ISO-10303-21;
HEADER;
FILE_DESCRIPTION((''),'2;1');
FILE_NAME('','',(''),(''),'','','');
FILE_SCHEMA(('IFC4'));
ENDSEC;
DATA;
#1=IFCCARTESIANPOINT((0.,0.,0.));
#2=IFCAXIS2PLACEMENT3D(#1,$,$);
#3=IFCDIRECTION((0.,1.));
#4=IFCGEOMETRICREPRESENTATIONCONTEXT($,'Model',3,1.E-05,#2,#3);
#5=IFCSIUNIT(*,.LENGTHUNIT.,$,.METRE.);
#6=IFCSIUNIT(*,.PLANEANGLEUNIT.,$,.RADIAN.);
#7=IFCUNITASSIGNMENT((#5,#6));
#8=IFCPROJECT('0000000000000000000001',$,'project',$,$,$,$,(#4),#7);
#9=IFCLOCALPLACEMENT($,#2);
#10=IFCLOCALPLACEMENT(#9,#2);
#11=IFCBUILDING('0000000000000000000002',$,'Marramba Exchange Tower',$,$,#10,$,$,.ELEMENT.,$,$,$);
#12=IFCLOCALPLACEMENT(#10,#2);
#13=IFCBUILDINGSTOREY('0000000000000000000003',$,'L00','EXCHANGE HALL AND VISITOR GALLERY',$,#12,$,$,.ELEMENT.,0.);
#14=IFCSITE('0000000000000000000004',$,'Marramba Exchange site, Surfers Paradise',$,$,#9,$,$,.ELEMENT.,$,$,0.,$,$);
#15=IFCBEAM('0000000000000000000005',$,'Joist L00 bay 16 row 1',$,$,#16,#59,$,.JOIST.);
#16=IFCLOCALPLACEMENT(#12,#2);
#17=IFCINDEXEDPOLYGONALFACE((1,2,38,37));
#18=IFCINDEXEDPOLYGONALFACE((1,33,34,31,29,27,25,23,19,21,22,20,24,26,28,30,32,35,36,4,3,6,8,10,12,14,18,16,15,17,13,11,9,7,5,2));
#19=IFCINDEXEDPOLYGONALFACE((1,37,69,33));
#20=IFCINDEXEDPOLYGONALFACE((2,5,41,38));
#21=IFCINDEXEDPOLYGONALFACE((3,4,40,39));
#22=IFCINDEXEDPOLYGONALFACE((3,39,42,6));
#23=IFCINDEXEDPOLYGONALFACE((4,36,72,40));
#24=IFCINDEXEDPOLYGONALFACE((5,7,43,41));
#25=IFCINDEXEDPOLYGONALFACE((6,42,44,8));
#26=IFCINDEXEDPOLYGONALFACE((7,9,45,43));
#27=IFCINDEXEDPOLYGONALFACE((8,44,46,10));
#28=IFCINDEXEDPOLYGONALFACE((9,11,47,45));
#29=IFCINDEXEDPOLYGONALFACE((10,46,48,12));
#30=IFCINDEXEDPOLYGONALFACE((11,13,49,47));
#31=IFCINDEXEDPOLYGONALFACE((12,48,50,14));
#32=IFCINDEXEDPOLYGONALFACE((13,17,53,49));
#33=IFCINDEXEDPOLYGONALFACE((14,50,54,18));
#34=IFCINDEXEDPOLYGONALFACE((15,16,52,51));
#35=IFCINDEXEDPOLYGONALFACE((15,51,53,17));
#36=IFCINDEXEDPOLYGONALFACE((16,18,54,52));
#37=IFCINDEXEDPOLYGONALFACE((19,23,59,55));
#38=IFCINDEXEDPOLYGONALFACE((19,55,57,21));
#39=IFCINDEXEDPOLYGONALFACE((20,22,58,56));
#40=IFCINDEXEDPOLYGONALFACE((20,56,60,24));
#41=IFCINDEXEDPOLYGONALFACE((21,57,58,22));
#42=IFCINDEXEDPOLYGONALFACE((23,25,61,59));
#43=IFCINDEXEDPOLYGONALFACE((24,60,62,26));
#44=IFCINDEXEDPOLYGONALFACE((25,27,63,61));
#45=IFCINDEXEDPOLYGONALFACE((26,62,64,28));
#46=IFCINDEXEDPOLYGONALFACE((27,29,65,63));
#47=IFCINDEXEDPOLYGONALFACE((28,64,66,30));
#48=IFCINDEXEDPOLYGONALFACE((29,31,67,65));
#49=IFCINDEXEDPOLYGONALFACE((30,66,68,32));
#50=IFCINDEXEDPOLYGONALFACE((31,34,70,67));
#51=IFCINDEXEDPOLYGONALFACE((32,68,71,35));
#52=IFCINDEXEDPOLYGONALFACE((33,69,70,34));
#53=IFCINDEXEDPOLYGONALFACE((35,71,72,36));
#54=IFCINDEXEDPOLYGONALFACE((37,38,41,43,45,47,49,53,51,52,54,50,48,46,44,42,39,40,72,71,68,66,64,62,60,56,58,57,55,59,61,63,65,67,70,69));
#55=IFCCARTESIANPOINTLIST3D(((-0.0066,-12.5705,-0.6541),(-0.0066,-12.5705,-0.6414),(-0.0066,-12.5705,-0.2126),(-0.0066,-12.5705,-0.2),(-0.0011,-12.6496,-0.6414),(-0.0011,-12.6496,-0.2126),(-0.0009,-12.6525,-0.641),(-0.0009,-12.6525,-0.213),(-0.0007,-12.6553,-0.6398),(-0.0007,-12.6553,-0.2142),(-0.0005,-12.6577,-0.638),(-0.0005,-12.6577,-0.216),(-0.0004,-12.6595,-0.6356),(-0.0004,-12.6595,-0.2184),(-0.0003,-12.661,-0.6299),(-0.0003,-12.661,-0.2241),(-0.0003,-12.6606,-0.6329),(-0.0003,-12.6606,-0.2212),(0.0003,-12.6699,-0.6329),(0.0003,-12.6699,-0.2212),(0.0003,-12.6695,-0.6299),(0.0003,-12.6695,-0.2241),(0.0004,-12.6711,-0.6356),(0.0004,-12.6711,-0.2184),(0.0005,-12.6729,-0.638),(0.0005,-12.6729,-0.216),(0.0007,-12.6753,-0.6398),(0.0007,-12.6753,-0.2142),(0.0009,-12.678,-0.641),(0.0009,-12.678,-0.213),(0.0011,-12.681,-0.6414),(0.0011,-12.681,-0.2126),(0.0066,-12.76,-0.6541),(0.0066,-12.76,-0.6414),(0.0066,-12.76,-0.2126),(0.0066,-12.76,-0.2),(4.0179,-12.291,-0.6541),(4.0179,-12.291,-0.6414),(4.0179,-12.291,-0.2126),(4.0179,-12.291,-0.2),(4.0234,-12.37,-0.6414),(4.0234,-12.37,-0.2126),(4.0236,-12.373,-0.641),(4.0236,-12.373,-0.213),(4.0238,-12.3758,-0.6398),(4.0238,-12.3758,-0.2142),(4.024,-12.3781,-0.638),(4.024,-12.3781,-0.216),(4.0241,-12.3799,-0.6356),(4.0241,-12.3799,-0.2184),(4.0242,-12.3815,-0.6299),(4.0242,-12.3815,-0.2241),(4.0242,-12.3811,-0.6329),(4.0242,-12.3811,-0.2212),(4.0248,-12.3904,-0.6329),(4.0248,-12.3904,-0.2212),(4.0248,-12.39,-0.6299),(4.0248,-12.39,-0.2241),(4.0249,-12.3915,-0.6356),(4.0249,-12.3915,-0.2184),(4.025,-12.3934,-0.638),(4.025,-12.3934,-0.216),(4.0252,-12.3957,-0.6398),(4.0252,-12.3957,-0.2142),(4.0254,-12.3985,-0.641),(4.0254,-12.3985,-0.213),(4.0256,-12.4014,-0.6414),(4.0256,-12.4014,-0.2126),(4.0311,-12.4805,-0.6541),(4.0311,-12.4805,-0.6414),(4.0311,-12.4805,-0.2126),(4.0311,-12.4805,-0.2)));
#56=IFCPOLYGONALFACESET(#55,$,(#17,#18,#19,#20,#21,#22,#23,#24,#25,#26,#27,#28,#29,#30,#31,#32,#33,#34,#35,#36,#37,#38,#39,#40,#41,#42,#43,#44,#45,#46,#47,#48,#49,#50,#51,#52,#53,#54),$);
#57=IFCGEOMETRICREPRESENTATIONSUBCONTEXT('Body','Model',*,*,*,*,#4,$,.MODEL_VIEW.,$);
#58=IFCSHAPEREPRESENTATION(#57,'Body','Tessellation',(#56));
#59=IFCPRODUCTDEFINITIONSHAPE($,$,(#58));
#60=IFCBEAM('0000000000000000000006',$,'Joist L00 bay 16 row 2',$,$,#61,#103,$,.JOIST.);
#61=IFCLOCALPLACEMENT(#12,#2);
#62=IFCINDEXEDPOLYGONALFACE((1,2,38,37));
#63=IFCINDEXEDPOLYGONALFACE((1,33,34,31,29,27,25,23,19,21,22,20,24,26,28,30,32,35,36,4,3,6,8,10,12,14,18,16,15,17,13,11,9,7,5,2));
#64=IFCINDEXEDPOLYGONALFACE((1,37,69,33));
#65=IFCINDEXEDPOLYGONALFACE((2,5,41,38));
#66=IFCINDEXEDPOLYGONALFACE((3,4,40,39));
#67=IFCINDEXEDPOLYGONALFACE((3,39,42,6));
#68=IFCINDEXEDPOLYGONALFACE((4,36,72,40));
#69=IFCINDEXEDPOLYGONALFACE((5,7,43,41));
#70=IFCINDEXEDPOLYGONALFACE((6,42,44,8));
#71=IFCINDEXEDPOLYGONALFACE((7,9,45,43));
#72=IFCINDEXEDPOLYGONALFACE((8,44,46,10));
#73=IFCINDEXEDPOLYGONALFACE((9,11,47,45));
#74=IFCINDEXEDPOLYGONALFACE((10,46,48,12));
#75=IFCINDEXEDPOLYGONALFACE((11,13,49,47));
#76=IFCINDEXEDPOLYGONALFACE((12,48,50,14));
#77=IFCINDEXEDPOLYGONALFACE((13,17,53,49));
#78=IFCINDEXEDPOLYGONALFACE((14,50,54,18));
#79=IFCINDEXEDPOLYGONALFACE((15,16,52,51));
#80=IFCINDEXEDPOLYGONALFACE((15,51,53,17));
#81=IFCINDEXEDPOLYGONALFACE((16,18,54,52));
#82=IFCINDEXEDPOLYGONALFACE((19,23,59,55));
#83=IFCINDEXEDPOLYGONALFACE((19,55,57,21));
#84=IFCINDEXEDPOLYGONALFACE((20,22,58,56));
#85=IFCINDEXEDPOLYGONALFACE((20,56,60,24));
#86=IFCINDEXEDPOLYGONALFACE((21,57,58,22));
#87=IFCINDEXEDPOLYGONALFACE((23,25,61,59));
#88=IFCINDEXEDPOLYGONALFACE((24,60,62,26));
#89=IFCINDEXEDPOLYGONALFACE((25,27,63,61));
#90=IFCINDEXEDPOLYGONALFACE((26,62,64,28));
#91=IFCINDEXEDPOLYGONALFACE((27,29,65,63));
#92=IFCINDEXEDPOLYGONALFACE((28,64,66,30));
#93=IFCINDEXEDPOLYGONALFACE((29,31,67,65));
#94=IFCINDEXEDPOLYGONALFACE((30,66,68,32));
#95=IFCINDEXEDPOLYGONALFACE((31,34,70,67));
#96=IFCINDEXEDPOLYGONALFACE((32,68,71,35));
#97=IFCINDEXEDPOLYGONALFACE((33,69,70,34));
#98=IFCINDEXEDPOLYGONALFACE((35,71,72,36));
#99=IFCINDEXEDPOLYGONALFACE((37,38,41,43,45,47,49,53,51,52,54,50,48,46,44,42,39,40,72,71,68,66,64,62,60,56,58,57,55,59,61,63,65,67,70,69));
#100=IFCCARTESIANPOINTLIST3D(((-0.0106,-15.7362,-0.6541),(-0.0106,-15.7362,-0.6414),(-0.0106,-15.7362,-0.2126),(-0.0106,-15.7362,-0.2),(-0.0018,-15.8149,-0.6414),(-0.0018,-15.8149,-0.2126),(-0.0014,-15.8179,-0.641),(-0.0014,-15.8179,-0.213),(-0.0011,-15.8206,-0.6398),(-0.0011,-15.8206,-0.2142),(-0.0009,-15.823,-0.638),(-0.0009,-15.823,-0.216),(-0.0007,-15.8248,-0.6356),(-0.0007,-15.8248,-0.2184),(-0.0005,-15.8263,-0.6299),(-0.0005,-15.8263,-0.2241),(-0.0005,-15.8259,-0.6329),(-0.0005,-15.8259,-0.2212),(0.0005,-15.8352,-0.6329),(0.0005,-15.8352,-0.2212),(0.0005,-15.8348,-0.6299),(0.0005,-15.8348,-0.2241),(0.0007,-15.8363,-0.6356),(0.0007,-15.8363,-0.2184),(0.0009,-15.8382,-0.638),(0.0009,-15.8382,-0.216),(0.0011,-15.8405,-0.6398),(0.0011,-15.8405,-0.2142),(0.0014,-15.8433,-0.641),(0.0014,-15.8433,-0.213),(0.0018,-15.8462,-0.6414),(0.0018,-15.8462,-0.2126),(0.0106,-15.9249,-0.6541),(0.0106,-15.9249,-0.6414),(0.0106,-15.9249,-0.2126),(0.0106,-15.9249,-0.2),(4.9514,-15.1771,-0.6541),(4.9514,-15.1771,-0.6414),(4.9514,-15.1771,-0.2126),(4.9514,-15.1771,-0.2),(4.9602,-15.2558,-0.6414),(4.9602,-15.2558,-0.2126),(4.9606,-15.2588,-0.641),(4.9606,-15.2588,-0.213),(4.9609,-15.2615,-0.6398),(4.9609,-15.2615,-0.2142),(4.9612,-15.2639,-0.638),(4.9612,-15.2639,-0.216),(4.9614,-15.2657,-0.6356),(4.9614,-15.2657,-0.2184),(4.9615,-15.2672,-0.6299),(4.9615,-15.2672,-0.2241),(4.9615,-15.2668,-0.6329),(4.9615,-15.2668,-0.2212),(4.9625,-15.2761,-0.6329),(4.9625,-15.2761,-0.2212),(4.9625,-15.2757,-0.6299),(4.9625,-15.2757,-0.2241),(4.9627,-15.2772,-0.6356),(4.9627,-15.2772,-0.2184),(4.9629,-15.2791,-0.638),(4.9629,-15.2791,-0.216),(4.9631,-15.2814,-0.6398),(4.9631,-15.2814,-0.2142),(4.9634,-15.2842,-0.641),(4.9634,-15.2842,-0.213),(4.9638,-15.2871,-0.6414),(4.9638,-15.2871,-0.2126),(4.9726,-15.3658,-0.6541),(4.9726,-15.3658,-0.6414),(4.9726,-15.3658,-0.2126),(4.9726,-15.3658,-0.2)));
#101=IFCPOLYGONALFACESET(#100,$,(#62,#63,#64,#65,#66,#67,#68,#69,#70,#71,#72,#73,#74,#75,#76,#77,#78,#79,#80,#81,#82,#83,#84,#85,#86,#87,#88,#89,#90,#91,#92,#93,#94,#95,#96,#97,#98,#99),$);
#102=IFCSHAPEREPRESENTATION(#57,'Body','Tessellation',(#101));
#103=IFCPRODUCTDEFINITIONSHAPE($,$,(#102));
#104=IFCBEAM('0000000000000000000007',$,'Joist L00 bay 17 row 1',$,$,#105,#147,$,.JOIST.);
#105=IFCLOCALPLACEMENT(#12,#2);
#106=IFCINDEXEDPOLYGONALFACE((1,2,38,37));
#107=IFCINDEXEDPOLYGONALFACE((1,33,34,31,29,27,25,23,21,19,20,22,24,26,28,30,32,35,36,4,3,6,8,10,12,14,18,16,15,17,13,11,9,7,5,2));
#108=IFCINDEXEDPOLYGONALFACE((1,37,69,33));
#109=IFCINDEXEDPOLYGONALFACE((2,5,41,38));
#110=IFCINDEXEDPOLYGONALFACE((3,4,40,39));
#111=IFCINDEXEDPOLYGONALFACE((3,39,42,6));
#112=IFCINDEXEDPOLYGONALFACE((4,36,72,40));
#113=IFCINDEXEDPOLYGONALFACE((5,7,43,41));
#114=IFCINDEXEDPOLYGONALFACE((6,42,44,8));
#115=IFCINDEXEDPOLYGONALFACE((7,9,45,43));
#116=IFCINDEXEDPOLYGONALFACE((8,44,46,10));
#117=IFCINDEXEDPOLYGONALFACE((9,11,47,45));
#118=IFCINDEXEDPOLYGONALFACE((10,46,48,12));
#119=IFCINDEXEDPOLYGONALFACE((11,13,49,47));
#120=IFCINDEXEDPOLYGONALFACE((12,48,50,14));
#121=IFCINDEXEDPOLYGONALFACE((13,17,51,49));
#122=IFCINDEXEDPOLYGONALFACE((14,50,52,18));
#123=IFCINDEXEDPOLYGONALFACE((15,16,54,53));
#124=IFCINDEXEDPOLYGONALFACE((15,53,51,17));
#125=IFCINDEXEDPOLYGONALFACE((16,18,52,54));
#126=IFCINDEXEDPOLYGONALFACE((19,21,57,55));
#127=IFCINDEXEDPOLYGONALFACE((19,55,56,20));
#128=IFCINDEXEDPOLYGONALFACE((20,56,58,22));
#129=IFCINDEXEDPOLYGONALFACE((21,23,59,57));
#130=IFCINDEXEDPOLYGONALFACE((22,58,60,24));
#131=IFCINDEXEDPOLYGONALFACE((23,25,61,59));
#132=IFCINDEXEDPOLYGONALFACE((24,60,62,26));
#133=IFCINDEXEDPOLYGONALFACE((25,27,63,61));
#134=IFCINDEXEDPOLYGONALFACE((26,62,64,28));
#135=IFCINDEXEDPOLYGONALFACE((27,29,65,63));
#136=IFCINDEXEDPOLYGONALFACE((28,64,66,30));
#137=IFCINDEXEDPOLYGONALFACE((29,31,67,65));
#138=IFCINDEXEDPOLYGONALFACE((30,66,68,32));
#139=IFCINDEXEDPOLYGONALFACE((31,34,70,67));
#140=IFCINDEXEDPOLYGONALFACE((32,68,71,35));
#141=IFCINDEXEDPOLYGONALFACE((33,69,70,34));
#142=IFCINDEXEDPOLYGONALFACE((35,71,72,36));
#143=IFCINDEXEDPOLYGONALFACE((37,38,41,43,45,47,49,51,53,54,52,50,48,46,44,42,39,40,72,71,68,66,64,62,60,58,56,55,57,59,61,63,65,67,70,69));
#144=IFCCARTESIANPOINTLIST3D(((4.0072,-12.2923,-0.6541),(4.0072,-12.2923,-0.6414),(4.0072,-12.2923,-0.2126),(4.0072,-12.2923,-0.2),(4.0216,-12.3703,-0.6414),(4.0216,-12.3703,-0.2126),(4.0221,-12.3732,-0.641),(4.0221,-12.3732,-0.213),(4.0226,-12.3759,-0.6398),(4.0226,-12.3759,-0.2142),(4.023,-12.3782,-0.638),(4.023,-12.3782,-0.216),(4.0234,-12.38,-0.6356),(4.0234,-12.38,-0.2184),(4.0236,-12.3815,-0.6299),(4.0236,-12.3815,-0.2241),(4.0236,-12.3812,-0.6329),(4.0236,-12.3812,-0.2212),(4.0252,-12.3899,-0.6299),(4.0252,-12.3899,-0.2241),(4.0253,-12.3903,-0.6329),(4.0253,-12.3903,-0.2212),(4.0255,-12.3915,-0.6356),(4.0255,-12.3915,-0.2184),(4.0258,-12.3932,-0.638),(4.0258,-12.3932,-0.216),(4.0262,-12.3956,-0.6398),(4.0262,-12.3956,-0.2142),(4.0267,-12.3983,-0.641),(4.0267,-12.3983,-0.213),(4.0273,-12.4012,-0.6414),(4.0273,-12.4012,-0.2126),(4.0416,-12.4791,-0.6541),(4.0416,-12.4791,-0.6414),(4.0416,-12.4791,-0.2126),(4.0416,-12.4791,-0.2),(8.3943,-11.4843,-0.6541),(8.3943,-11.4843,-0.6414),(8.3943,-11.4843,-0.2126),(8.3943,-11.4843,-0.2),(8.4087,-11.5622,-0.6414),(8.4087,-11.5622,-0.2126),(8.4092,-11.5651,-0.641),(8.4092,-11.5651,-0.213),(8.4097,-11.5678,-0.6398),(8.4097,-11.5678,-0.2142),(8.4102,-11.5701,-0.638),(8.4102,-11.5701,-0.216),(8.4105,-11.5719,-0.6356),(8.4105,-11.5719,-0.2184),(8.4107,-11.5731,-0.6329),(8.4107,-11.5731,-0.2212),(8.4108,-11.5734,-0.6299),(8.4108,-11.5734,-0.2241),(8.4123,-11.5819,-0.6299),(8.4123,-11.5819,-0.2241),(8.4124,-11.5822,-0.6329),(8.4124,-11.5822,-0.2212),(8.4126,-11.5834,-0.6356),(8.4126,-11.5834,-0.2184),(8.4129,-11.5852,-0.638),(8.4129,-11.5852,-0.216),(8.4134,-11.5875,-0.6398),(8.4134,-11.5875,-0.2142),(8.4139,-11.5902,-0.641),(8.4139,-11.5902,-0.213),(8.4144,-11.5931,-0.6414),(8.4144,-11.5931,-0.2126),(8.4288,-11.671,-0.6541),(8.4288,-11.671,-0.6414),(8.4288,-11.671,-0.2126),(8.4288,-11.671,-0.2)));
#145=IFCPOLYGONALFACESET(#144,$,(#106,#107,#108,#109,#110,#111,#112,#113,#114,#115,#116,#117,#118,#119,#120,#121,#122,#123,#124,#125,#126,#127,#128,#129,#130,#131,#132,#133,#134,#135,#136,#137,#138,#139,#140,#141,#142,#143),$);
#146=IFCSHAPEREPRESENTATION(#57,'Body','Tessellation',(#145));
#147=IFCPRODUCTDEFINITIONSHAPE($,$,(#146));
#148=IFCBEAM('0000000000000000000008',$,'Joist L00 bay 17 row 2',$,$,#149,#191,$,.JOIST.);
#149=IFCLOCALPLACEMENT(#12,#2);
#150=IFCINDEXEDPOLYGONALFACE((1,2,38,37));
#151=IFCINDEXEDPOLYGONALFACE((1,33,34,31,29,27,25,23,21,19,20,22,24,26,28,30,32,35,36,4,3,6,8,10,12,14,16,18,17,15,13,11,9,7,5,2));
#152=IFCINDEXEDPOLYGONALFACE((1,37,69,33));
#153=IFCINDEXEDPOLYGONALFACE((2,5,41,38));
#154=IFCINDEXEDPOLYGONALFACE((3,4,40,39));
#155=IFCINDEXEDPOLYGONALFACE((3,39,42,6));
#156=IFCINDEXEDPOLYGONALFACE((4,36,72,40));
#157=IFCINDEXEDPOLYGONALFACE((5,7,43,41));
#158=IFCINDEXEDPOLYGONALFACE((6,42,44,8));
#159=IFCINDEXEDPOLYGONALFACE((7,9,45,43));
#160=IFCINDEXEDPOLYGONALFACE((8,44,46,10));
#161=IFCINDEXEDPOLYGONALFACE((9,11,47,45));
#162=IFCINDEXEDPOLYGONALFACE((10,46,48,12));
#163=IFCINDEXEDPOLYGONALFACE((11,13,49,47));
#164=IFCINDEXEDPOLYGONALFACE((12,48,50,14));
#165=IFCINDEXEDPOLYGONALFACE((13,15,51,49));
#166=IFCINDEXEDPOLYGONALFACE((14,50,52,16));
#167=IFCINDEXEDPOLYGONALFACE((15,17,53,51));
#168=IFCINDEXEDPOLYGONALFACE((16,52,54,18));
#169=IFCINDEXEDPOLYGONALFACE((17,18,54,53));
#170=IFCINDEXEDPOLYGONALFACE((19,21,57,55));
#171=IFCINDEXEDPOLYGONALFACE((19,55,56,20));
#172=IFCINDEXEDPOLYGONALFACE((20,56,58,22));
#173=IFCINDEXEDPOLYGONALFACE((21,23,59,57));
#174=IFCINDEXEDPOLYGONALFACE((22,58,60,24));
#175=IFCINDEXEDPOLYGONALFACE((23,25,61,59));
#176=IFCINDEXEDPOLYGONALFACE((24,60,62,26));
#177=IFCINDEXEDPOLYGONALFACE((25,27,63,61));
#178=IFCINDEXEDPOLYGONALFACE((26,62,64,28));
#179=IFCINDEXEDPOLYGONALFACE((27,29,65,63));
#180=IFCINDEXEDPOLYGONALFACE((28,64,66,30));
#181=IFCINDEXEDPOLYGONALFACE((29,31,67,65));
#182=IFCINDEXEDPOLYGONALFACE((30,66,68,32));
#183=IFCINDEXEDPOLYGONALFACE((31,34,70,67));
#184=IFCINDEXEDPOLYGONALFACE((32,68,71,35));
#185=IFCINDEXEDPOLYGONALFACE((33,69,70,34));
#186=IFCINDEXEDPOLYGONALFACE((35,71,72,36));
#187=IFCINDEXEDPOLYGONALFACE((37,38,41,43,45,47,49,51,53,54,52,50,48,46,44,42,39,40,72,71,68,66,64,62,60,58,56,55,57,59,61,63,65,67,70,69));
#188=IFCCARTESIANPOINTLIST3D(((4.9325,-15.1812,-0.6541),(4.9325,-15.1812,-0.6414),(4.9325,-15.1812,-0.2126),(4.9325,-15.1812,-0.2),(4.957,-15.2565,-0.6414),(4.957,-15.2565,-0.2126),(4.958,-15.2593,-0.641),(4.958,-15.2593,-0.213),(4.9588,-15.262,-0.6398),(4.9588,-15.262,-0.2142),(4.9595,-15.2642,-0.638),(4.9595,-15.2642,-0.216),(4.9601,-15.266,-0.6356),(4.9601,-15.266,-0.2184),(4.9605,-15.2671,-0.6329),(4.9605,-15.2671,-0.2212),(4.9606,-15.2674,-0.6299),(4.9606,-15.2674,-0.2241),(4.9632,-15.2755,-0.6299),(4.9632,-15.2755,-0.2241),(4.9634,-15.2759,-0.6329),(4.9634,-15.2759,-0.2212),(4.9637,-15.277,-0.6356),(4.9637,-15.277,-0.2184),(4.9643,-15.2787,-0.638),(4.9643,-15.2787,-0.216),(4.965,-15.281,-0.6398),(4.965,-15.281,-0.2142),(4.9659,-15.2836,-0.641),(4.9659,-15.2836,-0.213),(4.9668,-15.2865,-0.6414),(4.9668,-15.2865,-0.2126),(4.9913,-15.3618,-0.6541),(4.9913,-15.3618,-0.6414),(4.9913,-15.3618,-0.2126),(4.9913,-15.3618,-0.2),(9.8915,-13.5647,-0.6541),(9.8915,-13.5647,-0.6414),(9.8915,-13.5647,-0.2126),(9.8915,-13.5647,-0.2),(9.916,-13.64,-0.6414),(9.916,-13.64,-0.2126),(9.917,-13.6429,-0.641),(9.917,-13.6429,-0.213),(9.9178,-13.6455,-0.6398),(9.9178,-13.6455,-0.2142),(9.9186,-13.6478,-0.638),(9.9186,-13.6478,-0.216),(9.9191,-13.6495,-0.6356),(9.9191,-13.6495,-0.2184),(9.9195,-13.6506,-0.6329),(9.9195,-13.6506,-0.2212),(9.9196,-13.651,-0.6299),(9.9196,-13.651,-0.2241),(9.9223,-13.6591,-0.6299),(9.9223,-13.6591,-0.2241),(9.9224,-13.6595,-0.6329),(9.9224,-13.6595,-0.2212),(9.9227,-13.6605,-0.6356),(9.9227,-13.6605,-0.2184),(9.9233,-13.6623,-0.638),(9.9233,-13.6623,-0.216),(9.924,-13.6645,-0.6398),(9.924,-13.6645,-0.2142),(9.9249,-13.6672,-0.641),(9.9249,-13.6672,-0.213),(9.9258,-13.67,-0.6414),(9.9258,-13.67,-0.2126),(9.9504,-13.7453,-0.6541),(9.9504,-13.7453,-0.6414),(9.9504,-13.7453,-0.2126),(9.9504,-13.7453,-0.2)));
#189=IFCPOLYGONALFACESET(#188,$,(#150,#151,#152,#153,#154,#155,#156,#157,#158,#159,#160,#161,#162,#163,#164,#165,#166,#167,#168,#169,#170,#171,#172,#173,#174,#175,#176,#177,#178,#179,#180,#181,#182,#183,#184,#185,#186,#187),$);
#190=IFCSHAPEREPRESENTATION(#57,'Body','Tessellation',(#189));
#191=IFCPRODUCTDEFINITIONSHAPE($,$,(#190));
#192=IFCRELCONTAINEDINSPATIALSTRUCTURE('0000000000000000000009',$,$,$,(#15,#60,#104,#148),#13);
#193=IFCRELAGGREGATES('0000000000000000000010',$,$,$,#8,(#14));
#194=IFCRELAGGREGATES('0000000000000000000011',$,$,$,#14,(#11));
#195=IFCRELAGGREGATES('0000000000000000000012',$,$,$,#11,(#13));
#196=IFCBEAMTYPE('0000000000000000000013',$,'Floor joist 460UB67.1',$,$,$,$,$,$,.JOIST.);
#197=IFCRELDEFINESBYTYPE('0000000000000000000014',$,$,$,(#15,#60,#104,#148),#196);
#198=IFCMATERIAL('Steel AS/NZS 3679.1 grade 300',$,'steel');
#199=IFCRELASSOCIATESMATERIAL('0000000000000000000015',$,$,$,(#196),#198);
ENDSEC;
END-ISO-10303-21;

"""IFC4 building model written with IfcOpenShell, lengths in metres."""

from ifc_helpers import new_model, si_unit, direction, frame, origin, origin_2d, place, context, subcontext, project, spatial, i_section, extrude, material, material_profile, profile_set, type_object, element, save


model = new_model("IFC4")

# Units and contexts
model_context = context("Model", 3, precision=1e-05, world=origin(), true_north=direction((0.0, 1.0)))
body_context = subcontext(model_context, "Body", "Model", "MODEL_VIEW")
ifc_project = project(units=[si_unit("LENGTHUNIT", "METRE"), si_unit("PLANEANGLEUNIT", "RADIAN")], contexts=[model_context])

# Site, building, storey
site_placement = place(None, origin())
site = spatial("IfcSite", under=ifc_project, at=site_placement, Name="Marramba Exchange site, Surfers Paradise", CompositionType="ELEMENT", RefElevation=0.0)
building_placement = place(site_placement, origin())
building = spatial("IfcBuilding", under=site, at=building_placement, Name="Marramba Exchange Tower", CompositionType="ELEMENT")
storey_placement = place(building_placement, origin())
storey = spatial("IfcBuildingStorey", under=building, at=storey_placement, Name="L00", Description="EXCHANGE HALL AND VISITOR GALLERY", CompositionType="ELEMENT", Elevation=0.0)

# Beams
ifc_material_1 = material(Name="Steel AS/NZS 3679.1 grade 300", Category="steel")
ifc_material_profile_1 = material_profile(ifc_material_1, i_section(OverallWidth=0.1899, OverallDepth=0.4541, WebThickness=0.0085, FlangeThickness=0.0127, FilletRadius=0.0115, at=origin_2d()), Name="460UB67.1")
ifc_profile_set_1 = profile_set([ifc_material_profile_1], Name="Steel AS/NZS 3679.1 grade 300")
beam_type_1 = type_object("IfcBeamType", Name="Floor joist 460UB67.1", PredefinedType="JOIST", material=ifc_profile_set_1)
beam_1_placement = place(storey_placement, frame((0.0, -12.6653, -0.427), z_axis=(0.997596, 0.069294, 0.0), x_axis=(-0.069294, 0.997596, 0.0)))
element("IfcBeam", 1, at=beam_1_placement, inside=storey, type_object=beam_type_1, Name="Joist L00 bay 16 row 1", PredefinedType="JOIST", context=body_context, shape_type="SweptSolid", body=[
    extrude(i_section(OverallWidth=0.1899, OverallDepth=0.4541, WebThickness=0.0085, FlangeThickness=0.0127, FilletRadius=0.0115, at=origin_2d()), origin(), (0.0, 0.0, 1.0), 4.0342),
])
beam_2_placement = place(storey_placement, frame((0.0, -15.8306, -0.427), z_axis=(0.993712, 0.111966, 0.0), x_axis=(-0.111966, 0.993712, 0.0)))
element("IfcBeam", 2, at=beam_2_placement, inside=storey, type_object=beam_type_1, Name="Joist L00 bay 16 row 2", PredefinedType="JOIST", context=body_context, shape_type="SweptSolid", body=[
    extrude(i_section(OverallWidth=0.1899, OverallDepth=0.4541, WebThickness=0.0085, FlangeThickness=0.0127, FilletRadius=0.0115, at=origin_2d()), origin(), (0.0, 0.0, 1.0), 4.9934),
])
beam_3_placement = place(storey_placement, frame((4.0244, -12.3857, -0.427), z_axis=(0.983456, 0.181149, 0.0), x_axis=(-0.181149, 0.983456, 0.0)))
element("IfcBeam", 3, at=beam_3_placement, inside=storey, type_object=beam_type_1, Name="Joist L00 bay 17 row 1", PredefinedType="JOIST", context=body_context, shape_type="SweptSolid", body=[
    extrude(i_section(OverallWidth=0.1899, OverallDepth=0.4541, WebThickness=0.0085, FlangeThickness=0.0127, FilletRadius=0.0115, at=origin_2d()), origin(), (0.0, 0.0, 1.0), 4.4609),
])
beam_4_placement = place(storey_placement, frame((4.9619, -15.2715, -0.427), z_axis=(0.950764, 0.309916, 0.0), x_axis=(-0.309916, 0.950764, 0.0)))
element("IfcBeam", 4, at=beam_4_placement, inside=storey, type_object=beam_type_1, Name="Joist L00 bay 17 row 2", PredefinedType="JOIST", context=body_context, shape_type="SweptSolid", body=[
    extrude(i_section(OverallWidth=0.1899, OverallDepth=0.4541, WebThickness=0.0085, FlangeThickness=0.0127, FilletRadius=0.0115, at=origin_2d()), origin(), (0.0, 0.0, 1.0), 5.2158),
])

save(model, "model.ifc")
